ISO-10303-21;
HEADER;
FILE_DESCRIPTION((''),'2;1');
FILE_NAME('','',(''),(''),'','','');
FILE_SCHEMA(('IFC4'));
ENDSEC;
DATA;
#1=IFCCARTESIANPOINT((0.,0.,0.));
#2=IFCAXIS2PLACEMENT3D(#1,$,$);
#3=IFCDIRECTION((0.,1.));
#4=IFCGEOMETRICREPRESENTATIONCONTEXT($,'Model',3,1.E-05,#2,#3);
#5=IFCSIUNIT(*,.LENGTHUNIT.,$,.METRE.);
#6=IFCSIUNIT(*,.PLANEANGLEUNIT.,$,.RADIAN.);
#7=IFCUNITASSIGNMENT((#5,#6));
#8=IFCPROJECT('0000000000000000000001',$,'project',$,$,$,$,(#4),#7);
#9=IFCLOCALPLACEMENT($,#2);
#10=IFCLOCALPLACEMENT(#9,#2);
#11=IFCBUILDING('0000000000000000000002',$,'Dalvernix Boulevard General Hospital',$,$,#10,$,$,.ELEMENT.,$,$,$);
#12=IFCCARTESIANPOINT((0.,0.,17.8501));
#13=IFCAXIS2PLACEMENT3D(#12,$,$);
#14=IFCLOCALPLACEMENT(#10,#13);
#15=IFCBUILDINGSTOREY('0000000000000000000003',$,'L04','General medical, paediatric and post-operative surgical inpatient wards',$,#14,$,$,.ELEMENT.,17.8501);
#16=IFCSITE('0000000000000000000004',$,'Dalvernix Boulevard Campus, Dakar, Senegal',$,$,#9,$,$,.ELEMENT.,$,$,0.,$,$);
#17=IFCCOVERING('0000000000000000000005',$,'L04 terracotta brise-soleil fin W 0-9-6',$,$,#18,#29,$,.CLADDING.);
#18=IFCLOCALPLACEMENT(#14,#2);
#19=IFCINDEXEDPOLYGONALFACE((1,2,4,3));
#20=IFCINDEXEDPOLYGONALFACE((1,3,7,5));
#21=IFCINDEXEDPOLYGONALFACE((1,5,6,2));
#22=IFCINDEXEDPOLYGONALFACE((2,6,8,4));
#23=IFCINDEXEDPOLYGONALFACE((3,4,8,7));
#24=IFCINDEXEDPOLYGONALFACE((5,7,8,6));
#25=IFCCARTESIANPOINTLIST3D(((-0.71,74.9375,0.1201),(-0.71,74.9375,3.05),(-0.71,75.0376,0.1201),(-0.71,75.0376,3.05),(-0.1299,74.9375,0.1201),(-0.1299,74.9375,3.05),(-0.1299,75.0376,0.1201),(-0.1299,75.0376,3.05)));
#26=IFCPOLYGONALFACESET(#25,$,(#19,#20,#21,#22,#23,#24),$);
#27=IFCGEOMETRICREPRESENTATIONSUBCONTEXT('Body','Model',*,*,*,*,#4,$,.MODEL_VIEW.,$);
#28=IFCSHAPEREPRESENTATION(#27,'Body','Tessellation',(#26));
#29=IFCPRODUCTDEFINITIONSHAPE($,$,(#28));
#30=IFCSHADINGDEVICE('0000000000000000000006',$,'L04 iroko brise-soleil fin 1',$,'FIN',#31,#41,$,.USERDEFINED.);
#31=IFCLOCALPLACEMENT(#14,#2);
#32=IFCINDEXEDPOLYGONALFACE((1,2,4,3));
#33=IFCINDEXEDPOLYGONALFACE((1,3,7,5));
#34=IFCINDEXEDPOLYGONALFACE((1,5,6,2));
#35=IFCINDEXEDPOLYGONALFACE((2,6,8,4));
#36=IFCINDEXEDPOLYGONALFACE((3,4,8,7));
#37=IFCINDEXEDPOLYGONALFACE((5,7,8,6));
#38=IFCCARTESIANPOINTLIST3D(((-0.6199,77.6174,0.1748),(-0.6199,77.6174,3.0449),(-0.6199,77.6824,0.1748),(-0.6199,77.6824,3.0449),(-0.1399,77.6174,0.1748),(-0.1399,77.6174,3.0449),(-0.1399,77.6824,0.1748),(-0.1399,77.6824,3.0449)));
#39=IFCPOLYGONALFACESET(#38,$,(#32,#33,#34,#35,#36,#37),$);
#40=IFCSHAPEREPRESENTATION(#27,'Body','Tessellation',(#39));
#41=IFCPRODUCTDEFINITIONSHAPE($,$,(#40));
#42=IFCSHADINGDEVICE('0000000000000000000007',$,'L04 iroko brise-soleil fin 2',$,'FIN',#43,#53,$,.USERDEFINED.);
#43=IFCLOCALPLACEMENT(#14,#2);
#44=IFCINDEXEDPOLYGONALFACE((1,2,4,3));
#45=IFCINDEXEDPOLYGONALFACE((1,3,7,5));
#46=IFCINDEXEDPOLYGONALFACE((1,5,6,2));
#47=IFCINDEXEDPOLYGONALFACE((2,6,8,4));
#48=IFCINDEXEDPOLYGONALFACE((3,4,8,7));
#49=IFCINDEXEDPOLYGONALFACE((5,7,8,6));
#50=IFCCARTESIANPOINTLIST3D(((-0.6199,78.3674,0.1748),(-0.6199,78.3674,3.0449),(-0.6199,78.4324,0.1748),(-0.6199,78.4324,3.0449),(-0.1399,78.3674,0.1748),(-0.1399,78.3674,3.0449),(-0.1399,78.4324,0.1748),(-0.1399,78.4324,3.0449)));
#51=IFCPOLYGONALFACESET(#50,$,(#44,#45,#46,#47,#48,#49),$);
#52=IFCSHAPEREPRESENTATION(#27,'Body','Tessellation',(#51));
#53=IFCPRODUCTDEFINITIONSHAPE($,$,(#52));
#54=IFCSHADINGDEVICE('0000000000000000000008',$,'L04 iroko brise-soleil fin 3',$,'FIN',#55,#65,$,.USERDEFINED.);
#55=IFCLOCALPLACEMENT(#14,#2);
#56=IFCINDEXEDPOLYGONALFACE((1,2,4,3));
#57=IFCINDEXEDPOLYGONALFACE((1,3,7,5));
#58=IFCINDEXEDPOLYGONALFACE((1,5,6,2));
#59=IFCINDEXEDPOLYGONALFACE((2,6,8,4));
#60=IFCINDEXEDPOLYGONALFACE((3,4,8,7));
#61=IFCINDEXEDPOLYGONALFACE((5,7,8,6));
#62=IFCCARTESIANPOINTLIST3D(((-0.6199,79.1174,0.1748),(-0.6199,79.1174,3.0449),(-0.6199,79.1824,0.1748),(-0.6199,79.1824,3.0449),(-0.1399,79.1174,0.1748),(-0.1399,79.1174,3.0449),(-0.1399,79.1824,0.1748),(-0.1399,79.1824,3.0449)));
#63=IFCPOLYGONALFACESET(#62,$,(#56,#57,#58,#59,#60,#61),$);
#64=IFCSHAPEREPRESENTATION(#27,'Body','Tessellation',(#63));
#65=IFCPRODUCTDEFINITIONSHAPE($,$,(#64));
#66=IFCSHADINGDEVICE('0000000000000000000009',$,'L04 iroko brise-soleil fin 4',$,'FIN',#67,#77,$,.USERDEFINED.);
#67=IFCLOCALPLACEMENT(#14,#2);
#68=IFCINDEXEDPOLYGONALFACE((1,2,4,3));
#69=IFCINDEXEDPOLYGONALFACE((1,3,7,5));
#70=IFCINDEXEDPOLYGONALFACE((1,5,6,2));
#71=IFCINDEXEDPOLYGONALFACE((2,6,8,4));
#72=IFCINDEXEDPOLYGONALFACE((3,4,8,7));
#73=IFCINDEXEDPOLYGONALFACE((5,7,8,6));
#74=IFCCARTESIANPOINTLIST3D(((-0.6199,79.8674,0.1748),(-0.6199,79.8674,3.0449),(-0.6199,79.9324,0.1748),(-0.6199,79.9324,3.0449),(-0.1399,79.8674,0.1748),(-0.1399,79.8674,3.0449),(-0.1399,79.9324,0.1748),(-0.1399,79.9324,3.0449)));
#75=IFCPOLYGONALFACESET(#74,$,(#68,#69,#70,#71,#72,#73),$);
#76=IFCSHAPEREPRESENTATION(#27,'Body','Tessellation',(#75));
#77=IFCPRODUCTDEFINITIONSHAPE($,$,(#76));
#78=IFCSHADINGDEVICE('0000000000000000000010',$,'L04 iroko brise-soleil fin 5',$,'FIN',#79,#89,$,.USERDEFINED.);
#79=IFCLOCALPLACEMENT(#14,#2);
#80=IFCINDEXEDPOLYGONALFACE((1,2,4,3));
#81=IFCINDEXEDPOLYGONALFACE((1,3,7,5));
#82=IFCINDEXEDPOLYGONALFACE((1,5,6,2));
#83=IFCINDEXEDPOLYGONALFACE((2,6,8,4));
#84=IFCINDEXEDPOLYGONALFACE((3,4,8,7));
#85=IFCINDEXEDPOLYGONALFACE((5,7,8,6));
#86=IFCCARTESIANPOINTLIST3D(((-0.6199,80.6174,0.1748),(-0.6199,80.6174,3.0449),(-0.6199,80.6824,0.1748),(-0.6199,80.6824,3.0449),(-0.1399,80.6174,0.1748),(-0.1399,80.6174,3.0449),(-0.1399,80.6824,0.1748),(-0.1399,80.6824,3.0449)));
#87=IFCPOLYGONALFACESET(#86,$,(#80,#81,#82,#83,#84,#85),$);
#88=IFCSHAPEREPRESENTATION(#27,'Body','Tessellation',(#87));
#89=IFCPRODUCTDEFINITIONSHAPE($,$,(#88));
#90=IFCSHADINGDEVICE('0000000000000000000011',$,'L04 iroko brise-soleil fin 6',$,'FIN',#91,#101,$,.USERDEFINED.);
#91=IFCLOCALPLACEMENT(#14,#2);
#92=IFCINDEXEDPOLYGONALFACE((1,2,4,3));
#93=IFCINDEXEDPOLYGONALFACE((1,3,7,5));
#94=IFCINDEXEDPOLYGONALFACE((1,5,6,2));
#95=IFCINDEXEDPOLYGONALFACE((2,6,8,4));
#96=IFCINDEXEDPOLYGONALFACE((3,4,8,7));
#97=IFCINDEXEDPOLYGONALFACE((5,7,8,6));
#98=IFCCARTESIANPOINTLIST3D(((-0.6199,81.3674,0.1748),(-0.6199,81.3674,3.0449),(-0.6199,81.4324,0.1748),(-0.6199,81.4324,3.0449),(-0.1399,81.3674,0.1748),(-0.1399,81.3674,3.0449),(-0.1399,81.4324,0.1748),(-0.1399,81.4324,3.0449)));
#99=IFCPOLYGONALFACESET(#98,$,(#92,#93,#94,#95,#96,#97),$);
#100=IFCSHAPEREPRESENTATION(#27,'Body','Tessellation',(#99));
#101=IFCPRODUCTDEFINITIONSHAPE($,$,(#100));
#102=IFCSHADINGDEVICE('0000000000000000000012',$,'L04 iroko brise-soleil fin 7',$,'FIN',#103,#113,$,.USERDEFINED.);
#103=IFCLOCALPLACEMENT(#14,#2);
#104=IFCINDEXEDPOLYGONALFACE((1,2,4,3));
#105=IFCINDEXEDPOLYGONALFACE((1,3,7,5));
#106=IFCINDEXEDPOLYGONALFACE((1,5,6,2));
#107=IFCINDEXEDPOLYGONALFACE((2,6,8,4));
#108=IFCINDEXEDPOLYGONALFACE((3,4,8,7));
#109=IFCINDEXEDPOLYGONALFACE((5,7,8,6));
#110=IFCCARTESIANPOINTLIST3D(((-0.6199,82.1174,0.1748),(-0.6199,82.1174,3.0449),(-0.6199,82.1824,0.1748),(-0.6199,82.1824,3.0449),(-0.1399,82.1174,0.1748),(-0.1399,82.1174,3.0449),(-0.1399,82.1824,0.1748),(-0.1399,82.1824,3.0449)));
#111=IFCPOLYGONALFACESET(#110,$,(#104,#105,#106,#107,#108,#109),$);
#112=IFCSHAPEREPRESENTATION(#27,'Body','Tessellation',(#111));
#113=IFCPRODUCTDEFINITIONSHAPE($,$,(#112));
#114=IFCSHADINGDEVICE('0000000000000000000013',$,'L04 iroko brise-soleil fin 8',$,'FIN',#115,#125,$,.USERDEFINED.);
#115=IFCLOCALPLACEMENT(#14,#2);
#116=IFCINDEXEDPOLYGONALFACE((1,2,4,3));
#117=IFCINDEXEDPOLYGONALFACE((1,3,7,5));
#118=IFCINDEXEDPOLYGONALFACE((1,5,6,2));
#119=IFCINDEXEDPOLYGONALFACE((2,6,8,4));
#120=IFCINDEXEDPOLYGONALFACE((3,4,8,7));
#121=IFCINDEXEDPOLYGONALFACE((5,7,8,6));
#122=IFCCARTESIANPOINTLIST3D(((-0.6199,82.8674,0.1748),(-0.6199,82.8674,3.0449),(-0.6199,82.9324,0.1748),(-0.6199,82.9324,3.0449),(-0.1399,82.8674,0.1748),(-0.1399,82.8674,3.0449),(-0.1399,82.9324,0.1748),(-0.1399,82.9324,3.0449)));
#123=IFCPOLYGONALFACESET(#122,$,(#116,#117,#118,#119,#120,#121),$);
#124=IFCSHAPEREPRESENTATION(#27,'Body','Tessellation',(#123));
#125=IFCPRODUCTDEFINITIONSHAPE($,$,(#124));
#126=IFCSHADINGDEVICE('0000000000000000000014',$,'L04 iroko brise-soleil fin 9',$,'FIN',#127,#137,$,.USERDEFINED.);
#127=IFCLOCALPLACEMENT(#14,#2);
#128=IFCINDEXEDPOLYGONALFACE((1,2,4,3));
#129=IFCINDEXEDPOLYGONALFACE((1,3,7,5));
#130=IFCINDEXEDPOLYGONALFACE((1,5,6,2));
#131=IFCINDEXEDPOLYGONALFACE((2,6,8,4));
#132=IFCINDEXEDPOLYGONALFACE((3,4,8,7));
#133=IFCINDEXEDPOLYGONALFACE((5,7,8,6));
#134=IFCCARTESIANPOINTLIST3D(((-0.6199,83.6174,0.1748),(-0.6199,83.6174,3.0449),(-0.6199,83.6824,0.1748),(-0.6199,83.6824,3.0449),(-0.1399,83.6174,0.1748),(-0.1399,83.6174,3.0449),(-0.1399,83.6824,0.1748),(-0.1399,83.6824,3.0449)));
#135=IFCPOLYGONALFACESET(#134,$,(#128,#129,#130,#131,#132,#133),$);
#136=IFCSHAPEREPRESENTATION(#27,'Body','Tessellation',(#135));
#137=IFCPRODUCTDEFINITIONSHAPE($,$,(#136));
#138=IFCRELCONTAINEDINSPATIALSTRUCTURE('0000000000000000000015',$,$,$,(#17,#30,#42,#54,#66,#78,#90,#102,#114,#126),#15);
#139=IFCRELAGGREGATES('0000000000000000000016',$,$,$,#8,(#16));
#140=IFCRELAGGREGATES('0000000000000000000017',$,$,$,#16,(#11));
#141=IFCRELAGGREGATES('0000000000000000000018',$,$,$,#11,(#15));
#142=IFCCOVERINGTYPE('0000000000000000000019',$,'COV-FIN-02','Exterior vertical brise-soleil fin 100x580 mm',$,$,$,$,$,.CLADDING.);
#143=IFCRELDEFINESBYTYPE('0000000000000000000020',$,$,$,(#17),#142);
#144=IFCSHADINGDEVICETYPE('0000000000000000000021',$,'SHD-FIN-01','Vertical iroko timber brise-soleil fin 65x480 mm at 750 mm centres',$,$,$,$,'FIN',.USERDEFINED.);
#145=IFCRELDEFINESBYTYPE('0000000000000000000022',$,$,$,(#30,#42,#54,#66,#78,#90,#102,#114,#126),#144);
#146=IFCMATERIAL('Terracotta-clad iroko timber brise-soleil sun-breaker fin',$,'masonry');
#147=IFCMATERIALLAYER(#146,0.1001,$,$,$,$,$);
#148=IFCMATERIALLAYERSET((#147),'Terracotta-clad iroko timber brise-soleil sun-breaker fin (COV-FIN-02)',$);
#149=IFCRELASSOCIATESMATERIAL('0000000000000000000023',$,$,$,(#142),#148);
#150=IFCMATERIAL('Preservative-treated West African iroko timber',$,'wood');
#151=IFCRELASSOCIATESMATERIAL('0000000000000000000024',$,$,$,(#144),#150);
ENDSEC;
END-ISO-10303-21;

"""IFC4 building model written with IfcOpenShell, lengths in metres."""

from ifc_helpers import new_model, si_unit, direction, frame, origin, origin_2d, place, context, subcontext, project, spatial, rectangle, extrude, material, layer, layer_set, type_object, element, save


model = new_model("IFC4")

# Units and contexts
model_context = context("Model", 3, precision=1e-05, world=origin(), true_north=direction((0.0, 1.0)))
body_context = subcontext(model_context, "Body", "Model", "MODEL_VIEW")
ifc_project = project(units=[si_unit("LENGTHUNIT", "METRE"), si_unit("PLANEANGLEUNIT", "RADIAN")], contexts=[model_context])

# Site, building, storey
site_placement = place(None, origin())
site = spatial("IfcSite", under=ifc_project, at=site_placement, Name="Dalvernix Boulevard Campus, Dakar, Senegal", CompositionType="ELEMENT", RefElevation=0.0)
building_placement = place(site_placement, origin())
building = spatial("IfcBuilding", under=site, at=building_placement, Name="Dalvernix Boulevard General Hospital", CompositionType="ELEMENT")
storey_placement = place(building_placement, frame((0.0, 0.0, 17.8501)))
storey = spatial("IfcBuildingStorey", under=building, at=storey_placement, Name="L04", Description="General medical, paediatric and post-operative surgical inpatient wards", CompositionType="ELEMENT", Elevation=17.8501)

# Covering
ifc_material_1 = material(Name="Terracotta-clad iroko timber brise-soleil sun-breaker fin", Category="masonry")
ifc_layer_1 = layer(ifc_material_1, 0.1001)
ifc_layer_set_1 = layer_set([ifc_layer_1], Name="Terracotta-clad iroko timber brise-soleil sun-breaker fin (COV-FIN-02)")
covering_type_1 = type_object("IfcCoveringType", Name="COV-FIN-02", Description="Exterior vertical brise-soleil fin 100x580 mm", PredefinedType="CLADDING", material=ifc_layer_set_1)
covering_1_placement = place(storey_placement, frame((-0.4199, 74.9875, 0.1201), z_axis=(0.0, 0.0, 1.0), x_axis=(0.0, 1.0, 0.0)))
element("IfcCovering", 1, at=covering_1_placement, inside=storey, type_object=covering_type_1, Name="L04 terracotta brise-soleil fin W 0-9-6", PredefinedType="CLADDING", context=body_context, shape_type="SweptSolid", body=[
    extrude(rectangle(XDim=0.1001, YDim=0.5801, at=origin_2d()), origin(), (0.0, 0.0, 1.0), 2.9299),
])

# Shading devices
ifc_material_2 = material(Name="Preservative-treated West African iroko timber", Category="wood")
shading_device_type = type_object("IfcShadingDeviceType", Name="SHD-FIN-01", Description="Vertical iroko timber brise-soleil fin 65x480 mm at 750 mm centres", ElementType="FIN", PredefinedType="USERDEFINED", material=ifc_material_2)
for number, where, z_axis, x_axis, name in (
    (2, (-0.3799, 77.6499, 0.1748), (0.0, 0.0, 1.0), (0.0, 1.0, 0.0), "L04 iroko brise-soleil fin 1"),
    (3, (-0.3799, 78.3999, 0.1748), (0.0, 0.0, 1.0), (0.0, 1.0, 0.0), "L04 iroko brise-soleil fin 2"),
    (4, (-0.3799, 79.1499, 0.1748), (0.0, 0.0, 1.0), (0.0, 1.0, 0.0), "L04 iroko brise-soleil fin 3"),
    (5, (-0.3799, 79.8999, 0.1748), (0.0, 0.0, 1.0), (0.0, 1.0, 0.0), "L04 iroko brise-soleil fin 4"),
    (6, (-0.3799, 80.6499, 0.1748), (0.0, 0.0, 1.0), (0.0, 1.0, 0.0), "L04 iroko brise-soleil fin 5"),
    (7, (-0.3799, 81.3999, 0.1748), (0.0, 0.0, 1.0), (0.0, 1.0, 0.0), "L04 iroko brise-soleil fin 6"),
    (8, (-0.3799, 82.1499, 0.1748), (0.0, 0.0, 1.0), (0.0, 1.0, 0.0), "L04 iroko brise-soleil fin 7"),
    (9, (-0.3799, 82.8999, 0.1748), (0.0, 0.0, 1.0), (0.0, 1.0, 0.0), "L04 iroko brise-soleil fin 8"),
    (10, (-0.3799, 83.6499, 0.1748), (0.0, 0.0, 1.0), (0.0, 1.0, 0.0), "L04 iroko brise-soleil fin 9"),
):
    element("IfcShadingDevice", number, at=place(storey_placement, frame(where, z_axis=z_axis, x_axis=x_axis)), inside=storey, type_object=shading_device_type, Name=name, ObjectType="FIN", PredefinedType="USERDEFINED", context=body_context, shape_type="SweptSolid", body=[
        extrude(rectangle(XDim=0.0649, YDim=0.48, at=origin_2d()), origin(), (0.0, 0.0, 1.0), 2.8701),
    ])

save(model, "model.ifc")
